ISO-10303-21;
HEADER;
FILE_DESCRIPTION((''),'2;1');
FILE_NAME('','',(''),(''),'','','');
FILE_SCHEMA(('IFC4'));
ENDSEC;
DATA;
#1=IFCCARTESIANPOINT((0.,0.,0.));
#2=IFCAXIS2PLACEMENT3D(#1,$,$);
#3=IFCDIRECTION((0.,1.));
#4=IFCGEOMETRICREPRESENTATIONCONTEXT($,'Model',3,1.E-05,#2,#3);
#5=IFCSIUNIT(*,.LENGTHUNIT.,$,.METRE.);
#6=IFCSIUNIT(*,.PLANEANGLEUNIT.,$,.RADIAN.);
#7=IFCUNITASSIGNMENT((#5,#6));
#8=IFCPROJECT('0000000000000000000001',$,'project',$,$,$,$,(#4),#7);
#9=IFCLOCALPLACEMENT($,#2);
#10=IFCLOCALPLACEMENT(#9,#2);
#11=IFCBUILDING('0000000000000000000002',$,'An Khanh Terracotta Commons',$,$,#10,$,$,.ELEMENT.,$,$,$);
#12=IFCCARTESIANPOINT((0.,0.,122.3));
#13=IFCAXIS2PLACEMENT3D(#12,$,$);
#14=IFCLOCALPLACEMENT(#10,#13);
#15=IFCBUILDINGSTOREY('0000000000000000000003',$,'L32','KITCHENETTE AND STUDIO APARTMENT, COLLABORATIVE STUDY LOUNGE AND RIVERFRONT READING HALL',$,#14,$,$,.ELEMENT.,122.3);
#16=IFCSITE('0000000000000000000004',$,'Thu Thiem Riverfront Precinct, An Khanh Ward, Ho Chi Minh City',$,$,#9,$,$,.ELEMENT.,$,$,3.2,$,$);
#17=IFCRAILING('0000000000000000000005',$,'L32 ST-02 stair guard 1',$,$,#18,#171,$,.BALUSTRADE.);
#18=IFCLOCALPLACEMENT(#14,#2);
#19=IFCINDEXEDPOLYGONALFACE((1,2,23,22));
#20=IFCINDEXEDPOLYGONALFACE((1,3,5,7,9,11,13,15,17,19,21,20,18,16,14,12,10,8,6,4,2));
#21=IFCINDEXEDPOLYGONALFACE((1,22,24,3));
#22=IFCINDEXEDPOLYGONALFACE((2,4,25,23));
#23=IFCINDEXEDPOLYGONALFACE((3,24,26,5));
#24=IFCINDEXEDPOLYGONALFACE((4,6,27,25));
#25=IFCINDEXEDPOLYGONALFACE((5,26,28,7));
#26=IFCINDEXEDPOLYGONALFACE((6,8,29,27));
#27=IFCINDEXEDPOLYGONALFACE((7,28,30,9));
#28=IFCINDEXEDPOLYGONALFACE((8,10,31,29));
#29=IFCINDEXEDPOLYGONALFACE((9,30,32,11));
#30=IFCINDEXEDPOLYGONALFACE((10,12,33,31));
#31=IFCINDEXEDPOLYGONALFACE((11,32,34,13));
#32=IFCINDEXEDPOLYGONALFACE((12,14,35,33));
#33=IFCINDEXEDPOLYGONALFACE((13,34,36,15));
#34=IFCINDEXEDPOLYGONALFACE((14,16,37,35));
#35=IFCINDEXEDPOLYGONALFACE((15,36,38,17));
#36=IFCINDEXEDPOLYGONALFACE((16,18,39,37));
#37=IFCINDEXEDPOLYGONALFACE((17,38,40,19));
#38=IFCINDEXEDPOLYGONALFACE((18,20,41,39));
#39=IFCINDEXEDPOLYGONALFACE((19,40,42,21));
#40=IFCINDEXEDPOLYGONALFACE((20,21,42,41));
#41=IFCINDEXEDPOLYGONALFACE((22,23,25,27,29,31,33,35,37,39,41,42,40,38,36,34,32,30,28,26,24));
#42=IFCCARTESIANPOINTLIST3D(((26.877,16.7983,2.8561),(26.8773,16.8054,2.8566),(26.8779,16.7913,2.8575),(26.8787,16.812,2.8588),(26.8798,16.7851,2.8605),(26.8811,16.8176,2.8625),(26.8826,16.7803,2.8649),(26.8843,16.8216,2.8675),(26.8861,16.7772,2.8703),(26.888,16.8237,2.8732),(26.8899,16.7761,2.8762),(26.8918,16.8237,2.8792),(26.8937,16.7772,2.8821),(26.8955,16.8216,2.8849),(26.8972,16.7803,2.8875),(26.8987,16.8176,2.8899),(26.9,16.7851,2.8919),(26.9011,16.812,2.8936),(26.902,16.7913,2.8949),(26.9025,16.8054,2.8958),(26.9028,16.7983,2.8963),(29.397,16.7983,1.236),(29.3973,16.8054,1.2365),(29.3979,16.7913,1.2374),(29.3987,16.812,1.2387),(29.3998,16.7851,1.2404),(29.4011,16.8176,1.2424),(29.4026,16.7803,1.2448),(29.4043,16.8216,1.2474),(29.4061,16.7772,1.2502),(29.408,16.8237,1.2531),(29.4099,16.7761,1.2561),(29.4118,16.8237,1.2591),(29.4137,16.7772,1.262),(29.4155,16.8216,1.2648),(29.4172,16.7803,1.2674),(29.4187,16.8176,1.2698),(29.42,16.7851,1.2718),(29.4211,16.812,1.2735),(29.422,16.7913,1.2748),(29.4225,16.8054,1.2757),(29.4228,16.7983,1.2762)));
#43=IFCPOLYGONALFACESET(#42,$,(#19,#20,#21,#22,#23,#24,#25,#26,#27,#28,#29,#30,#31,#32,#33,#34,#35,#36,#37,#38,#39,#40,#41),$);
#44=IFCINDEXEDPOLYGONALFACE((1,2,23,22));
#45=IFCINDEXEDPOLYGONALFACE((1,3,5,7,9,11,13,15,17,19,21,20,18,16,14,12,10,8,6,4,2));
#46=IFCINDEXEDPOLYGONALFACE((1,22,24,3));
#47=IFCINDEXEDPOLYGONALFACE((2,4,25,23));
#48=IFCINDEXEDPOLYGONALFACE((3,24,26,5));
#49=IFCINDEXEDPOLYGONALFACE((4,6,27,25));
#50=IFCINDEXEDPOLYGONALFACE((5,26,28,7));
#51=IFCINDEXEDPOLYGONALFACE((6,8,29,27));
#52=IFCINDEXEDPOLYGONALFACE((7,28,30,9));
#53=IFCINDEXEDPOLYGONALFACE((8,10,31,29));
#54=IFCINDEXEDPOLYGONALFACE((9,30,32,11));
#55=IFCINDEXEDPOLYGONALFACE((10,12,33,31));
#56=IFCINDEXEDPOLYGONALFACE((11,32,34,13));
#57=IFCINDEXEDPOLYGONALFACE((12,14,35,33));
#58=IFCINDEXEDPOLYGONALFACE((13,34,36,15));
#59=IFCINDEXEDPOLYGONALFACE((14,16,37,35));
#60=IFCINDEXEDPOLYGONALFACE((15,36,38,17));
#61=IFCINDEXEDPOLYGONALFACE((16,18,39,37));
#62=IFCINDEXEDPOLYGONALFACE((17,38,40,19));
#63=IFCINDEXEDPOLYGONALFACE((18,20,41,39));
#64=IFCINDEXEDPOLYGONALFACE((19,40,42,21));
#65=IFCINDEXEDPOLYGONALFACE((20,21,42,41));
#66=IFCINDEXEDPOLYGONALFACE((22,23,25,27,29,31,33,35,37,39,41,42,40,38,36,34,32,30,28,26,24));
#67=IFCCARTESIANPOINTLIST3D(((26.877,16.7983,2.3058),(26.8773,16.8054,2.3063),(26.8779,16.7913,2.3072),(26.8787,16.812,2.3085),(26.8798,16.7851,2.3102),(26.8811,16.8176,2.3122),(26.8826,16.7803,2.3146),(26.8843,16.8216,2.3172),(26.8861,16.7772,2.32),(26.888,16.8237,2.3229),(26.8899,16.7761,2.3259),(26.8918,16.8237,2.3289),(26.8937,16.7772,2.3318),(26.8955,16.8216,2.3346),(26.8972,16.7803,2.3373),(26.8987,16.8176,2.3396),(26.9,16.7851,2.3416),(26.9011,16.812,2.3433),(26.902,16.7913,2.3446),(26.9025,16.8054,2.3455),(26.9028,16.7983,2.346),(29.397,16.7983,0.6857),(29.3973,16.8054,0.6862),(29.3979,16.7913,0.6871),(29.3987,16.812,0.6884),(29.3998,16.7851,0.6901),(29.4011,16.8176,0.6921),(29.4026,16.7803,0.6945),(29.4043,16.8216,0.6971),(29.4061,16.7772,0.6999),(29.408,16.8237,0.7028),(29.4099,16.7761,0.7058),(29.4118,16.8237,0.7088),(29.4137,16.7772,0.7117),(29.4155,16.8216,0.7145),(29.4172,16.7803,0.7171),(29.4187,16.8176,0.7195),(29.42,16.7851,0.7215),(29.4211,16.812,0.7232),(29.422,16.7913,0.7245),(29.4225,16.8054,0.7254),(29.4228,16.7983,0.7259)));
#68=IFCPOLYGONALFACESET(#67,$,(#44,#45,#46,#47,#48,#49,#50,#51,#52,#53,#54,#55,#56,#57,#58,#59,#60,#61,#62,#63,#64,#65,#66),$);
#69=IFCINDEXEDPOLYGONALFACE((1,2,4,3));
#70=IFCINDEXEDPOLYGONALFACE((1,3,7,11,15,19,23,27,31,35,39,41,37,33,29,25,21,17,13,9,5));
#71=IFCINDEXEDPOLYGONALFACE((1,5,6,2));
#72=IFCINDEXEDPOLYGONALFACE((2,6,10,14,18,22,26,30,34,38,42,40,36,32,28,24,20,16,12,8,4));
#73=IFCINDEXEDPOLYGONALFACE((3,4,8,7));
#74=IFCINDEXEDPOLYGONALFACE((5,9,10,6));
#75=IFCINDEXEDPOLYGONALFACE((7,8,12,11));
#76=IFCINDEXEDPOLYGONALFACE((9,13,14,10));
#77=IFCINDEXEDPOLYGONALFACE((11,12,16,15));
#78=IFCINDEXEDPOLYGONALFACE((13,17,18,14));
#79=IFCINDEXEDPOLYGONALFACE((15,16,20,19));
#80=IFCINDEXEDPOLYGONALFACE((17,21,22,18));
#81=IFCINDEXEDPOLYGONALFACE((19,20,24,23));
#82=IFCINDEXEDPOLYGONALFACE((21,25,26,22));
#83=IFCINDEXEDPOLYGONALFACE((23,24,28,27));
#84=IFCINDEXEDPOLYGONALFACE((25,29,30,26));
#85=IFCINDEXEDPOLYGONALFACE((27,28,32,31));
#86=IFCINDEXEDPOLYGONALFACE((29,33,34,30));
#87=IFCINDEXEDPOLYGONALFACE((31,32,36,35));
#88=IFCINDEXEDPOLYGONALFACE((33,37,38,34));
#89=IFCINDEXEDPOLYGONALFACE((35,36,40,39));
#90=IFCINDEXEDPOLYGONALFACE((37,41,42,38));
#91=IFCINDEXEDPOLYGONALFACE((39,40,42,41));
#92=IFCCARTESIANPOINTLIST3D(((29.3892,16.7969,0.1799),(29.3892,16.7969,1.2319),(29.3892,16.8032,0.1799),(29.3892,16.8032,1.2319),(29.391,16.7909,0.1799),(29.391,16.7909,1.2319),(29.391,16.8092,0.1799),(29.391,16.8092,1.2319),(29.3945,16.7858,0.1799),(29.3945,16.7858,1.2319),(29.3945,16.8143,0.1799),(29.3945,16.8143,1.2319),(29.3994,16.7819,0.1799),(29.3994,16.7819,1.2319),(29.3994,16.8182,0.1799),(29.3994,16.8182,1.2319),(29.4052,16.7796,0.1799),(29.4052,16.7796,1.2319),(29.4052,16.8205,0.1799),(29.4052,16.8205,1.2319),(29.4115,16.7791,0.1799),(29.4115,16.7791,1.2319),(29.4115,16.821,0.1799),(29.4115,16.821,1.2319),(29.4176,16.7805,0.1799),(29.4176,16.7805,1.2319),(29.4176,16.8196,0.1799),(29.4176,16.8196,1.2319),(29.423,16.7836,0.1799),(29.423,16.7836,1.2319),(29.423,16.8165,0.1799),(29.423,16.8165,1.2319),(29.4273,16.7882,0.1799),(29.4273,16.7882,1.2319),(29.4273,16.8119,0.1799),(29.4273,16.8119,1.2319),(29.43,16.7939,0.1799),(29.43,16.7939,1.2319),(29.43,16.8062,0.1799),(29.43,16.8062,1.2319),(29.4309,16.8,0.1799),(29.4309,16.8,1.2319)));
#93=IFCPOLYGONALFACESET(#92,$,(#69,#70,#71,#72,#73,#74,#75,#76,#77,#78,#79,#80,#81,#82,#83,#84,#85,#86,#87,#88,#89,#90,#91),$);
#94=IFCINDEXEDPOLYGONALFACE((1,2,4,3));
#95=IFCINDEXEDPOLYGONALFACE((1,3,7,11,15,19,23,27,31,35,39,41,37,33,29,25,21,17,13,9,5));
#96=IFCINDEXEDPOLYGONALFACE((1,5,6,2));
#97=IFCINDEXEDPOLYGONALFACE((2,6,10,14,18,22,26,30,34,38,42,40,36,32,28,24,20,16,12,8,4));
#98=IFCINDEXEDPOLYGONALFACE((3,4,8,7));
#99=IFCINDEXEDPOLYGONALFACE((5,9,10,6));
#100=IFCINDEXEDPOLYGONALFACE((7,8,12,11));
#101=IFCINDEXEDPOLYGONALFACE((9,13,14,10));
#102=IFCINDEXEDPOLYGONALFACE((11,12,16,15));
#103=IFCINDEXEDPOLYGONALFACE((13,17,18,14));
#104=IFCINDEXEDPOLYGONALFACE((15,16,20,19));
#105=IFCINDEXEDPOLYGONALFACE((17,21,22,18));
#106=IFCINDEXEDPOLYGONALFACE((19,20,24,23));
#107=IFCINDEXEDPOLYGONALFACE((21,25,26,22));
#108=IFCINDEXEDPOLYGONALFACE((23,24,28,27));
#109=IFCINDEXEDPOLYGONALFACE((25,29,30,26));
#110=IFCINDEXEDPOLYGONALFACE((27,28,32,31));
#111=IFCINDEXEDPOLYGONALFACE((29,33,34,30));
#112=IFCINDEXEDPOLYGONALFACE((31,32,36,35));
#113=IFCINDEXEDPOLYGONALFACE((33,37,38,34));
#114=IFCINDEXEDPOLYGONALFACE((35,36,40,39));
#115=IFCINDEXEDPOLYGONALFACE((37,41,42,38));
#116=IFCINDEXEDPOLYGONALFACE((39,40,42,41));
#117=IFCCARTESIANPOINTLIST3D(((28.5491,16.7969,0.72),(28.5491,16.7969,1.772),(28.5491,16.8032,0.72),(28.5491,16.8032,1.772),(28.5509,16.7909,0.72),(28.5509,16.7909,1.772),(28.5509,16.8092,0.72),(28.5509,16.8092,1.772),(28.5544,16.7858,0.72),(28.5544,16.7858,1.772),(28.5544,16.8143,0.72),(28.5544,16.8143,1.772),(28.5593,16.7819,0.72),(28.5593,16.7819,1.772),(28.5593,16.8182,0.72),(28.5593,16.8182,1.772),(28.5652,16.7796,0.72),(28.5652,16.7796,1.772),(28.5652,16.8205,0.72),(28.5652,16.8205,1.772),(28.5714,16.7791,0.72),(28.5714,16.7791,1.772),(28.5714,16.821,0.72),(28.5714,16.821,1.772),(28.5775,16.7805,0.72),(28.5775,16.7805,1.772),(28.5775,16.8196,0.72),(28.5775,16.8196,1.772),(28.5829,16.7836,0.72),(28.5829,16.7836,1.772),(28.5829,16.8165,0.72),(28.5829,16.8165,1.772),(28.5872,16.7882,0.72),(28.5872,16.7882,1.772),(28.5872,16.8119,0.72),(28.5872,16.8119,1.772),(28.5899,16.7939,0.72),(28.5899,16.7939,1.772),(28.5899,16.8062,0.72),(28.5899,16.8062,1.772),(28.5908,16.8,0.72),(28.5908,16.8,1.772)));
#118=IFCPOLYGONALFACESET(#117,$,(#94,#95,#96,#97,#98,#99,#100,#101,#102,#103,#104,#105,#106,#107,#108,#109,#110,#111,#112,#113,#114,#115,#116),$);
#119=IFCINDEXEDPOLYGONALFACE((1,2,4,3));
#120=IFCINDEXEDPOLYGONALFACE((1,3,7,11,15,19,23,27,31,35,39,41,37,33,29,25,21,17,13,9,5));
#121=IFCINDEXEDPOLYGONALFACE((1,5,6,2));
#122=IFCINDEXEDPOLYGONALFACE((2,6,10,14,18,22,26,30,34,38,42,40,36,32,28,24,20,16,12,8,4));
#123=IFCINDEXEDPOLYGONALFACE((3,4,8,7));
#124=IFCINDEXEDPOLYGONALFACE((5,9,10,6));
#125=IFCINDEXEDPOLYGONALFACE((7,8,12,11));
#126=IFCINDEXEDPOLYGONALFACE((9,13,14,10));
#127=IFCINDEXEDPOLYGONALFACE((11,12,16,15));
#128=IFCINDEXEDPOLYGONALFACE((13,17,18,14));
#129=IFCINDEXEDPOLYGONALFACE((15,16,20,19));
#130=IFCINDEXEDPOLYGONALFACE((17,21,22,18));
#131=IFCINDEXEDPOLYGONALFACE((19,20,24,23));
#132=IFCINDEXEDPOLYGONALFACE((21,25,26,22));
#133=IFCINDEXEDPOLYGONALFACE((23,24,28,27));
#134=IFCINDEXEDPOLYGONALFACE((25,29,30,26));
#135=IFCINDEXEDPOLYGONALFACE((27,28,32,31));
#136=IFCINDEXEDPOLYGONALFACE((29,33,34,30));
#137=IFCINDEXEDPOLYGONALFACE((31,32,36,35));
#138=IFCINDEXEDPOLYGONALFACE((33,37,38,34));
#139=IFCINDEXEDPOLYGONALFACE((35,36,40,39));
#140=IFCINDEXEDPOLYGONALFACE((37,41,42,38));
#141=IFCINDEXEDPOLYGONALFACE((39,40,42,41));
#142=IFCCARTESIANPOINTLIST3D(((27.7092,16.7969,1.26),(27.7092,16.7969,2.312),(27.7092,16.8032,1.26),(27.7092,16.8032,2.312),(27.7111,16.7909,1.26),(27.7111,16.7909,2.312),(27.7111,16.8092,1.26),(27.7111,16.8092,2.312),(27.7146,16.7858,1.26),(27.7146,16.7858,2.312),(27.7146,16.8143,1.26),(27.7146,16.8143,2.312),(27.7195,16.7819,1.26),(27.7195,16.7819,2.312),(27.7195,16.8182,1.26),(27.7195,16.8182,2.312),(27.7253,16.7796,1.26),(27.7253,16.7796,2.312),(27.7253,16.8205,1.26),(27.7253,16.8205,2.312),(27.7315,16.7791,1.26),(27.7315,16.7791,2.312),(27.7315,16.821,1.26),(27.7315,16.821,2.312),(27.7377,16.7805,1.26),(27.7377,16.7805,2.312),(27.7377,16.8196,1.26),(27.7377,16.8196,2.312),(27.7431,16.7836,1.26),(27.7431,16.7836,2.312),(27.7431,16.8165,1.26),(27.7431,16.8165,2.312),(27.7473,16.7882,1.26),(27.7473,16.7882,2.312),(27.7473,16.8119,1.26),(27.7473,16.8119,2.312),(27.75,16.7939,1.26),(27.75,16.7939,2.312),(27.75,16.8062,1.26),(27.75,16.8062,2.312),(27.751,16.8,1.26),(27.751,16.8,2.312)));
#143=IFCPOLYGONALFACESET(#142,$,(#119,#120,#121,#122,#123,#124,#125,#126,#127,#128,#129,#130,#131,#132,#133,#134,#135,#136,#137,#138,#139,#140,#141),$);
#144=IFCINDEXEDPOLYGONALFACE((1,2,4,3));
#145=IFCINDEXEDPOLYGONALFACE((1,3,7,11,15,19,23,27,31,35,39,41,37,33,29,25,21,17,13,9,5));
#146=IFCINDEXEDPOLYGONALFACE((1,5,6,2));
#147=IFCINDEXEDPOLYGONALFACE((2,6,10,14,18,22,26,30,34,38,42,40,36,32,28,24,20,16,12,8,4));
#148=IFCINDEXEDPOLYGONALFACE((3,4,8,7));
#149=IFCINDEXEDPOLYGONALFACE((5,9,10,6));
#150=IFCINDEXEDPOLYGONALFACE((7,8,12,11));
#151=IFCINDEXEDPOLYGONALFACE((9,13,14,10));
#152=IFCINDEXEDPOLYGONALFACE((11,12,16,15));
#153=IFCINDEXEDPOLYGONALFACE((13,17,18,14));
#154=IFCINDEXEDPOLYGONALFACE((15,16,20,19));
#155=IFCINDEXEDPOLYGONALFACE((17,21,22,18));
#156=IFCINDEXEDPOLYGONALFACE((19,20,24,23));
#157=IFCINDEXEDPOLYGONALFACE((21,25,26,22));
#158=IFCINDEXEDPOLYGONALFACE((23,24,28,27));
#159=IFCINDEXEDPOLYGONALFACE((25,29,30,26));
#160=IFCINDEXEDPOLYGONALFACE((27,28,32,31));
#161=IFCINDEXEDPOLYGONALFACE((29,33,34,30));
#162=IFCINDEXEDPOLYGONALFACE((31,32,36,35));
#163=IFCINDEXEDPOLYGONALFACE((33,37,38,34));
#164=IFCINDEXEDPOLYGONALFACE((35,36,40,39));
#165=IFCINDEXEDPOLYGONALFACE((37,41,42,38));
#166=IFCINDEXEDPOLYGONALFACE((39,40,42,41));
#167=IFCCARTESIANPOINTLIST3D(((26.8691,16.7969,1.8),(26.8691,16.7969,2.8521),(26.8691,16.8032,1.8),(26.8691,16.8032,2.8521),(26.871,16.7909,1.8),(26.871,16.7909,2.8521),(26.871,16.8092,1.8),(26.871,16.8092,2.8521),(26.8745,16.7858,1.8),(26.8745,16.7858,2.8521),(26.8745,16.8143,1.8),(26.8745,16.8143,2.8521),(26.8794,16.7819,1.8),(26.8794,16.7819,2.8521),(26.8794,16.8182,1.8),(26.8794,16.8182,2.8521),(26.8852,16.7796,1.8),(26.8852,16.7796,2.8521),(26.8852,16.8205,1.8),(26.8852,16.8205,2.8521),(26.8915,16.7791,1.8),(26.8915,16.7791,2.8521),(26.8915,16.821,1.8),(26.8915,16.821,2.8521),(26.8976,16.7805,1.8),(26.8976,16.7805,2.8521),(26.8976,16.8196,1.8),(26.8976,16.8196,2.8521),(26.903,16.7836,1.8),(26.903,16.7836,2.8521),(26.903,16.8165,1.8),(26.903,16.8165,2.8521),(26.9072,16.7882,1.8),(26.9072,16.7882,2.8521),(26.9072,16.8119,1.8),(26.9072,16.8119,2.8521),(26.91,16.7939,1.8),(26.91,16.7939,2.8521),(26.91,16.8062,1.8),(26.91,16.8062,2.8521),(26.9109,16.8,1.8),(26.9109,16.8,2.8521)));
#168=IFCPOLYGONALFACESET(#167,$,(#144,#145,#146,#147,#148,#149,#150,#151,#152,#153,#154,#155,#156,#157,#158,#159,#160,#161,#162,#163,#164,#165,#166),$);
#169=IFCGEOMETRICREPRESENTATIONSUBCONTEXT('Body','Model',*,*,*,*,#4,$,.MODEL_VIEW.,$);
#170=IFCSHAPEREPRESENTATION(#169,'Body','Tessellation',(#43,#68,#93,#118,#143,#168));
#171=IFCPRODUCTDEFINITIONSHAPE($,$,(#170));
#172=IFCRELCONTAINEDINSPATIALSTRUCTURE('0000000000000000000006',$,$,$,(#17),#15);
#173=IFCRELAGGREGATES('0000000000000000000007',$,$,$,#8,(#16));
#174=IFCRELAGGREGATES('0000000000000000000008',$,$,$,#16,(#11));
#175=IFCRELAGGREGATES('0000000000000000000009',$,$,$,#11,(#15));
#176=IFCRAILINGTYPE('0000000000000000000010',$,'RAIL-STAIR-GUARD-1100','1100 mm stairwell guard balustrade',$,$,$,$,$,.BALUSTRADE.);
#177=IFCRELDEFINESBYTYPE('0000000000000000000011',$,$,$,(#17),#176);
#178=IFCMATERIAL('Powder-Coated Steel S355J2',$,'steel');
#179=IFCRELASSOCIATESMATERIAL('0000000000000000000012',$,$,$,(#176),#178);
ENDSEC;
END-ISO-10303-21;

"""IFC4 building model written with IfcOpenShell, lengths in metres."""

from ifc_helpers import new_model, si_unit, direction, frame, origin, origin_2d, place, context, subcontext, project, spatial, circle, extrude, material, type_object, element, save


model = new_model("IFC4")

# Units and contexts
model_context = context("Model", 3, precision=1e-05, world=origin(), true_north=direction((0.0, 1.0)))
body_context = subcontext(model_context, "Body", "Model", "MODEL_VIEW")
ifc_project = project(units=[si_unit("LENGTHUNIT", "METRE"), si_unit("PLANEANGLEUNIT", "RADIAN")], contexts=[model_context])

# Site, building, storey
site_placement = place(None, origin())
site = spatial("IfcSite", under=ifc_project, at=site_placement, Name="Thu Thiem Riverfront Precinct, An Khanh Ward, Ho Chi Minh City", CompositionType="ELEMENT", RefElevation=3.2)
building_placement = place(site_placement, origin())
building = spatial("IfcBuilding", under=site, at=building_placement, Name="An Khanh Terracotta Commons", CompositionType="ELEMENT")
storey_placement = place(building_placement, frame((0.0, 0.0, 122.3)))
storey = spatial("IfcBuildingStorey", under=building, at=storey_placement, Name="L32", Description="KITCHENETTE AND STUDIO APARTMENT, COLLABORATIVE STUDY LOUNGE AND RIVERFRONT READING HALL", CompositionType="ELEMENT", Elevation=122.3)

# Railing
ifc_material_1 = material(Name="Powder-Coated Steel S355J2", Category="steel")
railing_type_1 = type_object("IfcRailingType", Name="RAIL-STAIR-GUARD-1100", Description="1100 mm stairwell guard balustrade", PredefinedType="BALUSTRADE", material=ifc_material_1)
railing_1_placement = place(storey_placement, frame((29.4099, 16.8, 0.1799)))
element("IfcRailing", 1, at=railing_1_placement, inside=storey, type_object=railing_type_1, Name="L32 ST-02 stair guard 1", PredefinedType="BALUSTRADE", context=body_context, shape_type="SweptSolid", body=[
    extrude(circle(Radius=0.0239, at=origin_2d()), frame((0.0, 0.0, 1.0762), z_axis=(-0.841163, 0.0, 0.540782), x_axis=(0.0, -1.0, 0.0)), (0.0, 0.0, 1.0), 2.9958),
    extrude(circle(Radius=0.0239, at=origin_2d()), frame((0.0, 0.0, 0.5259), z_axis=(-0.841163, 0.0, 0.540782), x_axis=(0.0, -1.0, 0.0)), (0.0, 0.0, 1.0), 2.9958),
    extrude(circle(Radius=0.021, at=origin_2d()), origin(), (0.0, 0.0, 1.0), 1.052),
    extrude(circle(Radius=0.021, at=origin_2d()), frame((-0.8401, 0.0, 0.54)), (0.0, 0.0, 1.0), 1.052),
    extrude(circle(Radius=0.021, at=origin_2d()), frame((-1.6799, 0.0, 1.0801)), (0.0, 0.0, 1.0), 1.052),
    extrude(circle(Radius=0.021, at=origin_2d()), frame((-2.52, 0.0, 1.6201)), (0.0, 0.0, 1.0), 1.052),
])

save(model, "model.ifc")
